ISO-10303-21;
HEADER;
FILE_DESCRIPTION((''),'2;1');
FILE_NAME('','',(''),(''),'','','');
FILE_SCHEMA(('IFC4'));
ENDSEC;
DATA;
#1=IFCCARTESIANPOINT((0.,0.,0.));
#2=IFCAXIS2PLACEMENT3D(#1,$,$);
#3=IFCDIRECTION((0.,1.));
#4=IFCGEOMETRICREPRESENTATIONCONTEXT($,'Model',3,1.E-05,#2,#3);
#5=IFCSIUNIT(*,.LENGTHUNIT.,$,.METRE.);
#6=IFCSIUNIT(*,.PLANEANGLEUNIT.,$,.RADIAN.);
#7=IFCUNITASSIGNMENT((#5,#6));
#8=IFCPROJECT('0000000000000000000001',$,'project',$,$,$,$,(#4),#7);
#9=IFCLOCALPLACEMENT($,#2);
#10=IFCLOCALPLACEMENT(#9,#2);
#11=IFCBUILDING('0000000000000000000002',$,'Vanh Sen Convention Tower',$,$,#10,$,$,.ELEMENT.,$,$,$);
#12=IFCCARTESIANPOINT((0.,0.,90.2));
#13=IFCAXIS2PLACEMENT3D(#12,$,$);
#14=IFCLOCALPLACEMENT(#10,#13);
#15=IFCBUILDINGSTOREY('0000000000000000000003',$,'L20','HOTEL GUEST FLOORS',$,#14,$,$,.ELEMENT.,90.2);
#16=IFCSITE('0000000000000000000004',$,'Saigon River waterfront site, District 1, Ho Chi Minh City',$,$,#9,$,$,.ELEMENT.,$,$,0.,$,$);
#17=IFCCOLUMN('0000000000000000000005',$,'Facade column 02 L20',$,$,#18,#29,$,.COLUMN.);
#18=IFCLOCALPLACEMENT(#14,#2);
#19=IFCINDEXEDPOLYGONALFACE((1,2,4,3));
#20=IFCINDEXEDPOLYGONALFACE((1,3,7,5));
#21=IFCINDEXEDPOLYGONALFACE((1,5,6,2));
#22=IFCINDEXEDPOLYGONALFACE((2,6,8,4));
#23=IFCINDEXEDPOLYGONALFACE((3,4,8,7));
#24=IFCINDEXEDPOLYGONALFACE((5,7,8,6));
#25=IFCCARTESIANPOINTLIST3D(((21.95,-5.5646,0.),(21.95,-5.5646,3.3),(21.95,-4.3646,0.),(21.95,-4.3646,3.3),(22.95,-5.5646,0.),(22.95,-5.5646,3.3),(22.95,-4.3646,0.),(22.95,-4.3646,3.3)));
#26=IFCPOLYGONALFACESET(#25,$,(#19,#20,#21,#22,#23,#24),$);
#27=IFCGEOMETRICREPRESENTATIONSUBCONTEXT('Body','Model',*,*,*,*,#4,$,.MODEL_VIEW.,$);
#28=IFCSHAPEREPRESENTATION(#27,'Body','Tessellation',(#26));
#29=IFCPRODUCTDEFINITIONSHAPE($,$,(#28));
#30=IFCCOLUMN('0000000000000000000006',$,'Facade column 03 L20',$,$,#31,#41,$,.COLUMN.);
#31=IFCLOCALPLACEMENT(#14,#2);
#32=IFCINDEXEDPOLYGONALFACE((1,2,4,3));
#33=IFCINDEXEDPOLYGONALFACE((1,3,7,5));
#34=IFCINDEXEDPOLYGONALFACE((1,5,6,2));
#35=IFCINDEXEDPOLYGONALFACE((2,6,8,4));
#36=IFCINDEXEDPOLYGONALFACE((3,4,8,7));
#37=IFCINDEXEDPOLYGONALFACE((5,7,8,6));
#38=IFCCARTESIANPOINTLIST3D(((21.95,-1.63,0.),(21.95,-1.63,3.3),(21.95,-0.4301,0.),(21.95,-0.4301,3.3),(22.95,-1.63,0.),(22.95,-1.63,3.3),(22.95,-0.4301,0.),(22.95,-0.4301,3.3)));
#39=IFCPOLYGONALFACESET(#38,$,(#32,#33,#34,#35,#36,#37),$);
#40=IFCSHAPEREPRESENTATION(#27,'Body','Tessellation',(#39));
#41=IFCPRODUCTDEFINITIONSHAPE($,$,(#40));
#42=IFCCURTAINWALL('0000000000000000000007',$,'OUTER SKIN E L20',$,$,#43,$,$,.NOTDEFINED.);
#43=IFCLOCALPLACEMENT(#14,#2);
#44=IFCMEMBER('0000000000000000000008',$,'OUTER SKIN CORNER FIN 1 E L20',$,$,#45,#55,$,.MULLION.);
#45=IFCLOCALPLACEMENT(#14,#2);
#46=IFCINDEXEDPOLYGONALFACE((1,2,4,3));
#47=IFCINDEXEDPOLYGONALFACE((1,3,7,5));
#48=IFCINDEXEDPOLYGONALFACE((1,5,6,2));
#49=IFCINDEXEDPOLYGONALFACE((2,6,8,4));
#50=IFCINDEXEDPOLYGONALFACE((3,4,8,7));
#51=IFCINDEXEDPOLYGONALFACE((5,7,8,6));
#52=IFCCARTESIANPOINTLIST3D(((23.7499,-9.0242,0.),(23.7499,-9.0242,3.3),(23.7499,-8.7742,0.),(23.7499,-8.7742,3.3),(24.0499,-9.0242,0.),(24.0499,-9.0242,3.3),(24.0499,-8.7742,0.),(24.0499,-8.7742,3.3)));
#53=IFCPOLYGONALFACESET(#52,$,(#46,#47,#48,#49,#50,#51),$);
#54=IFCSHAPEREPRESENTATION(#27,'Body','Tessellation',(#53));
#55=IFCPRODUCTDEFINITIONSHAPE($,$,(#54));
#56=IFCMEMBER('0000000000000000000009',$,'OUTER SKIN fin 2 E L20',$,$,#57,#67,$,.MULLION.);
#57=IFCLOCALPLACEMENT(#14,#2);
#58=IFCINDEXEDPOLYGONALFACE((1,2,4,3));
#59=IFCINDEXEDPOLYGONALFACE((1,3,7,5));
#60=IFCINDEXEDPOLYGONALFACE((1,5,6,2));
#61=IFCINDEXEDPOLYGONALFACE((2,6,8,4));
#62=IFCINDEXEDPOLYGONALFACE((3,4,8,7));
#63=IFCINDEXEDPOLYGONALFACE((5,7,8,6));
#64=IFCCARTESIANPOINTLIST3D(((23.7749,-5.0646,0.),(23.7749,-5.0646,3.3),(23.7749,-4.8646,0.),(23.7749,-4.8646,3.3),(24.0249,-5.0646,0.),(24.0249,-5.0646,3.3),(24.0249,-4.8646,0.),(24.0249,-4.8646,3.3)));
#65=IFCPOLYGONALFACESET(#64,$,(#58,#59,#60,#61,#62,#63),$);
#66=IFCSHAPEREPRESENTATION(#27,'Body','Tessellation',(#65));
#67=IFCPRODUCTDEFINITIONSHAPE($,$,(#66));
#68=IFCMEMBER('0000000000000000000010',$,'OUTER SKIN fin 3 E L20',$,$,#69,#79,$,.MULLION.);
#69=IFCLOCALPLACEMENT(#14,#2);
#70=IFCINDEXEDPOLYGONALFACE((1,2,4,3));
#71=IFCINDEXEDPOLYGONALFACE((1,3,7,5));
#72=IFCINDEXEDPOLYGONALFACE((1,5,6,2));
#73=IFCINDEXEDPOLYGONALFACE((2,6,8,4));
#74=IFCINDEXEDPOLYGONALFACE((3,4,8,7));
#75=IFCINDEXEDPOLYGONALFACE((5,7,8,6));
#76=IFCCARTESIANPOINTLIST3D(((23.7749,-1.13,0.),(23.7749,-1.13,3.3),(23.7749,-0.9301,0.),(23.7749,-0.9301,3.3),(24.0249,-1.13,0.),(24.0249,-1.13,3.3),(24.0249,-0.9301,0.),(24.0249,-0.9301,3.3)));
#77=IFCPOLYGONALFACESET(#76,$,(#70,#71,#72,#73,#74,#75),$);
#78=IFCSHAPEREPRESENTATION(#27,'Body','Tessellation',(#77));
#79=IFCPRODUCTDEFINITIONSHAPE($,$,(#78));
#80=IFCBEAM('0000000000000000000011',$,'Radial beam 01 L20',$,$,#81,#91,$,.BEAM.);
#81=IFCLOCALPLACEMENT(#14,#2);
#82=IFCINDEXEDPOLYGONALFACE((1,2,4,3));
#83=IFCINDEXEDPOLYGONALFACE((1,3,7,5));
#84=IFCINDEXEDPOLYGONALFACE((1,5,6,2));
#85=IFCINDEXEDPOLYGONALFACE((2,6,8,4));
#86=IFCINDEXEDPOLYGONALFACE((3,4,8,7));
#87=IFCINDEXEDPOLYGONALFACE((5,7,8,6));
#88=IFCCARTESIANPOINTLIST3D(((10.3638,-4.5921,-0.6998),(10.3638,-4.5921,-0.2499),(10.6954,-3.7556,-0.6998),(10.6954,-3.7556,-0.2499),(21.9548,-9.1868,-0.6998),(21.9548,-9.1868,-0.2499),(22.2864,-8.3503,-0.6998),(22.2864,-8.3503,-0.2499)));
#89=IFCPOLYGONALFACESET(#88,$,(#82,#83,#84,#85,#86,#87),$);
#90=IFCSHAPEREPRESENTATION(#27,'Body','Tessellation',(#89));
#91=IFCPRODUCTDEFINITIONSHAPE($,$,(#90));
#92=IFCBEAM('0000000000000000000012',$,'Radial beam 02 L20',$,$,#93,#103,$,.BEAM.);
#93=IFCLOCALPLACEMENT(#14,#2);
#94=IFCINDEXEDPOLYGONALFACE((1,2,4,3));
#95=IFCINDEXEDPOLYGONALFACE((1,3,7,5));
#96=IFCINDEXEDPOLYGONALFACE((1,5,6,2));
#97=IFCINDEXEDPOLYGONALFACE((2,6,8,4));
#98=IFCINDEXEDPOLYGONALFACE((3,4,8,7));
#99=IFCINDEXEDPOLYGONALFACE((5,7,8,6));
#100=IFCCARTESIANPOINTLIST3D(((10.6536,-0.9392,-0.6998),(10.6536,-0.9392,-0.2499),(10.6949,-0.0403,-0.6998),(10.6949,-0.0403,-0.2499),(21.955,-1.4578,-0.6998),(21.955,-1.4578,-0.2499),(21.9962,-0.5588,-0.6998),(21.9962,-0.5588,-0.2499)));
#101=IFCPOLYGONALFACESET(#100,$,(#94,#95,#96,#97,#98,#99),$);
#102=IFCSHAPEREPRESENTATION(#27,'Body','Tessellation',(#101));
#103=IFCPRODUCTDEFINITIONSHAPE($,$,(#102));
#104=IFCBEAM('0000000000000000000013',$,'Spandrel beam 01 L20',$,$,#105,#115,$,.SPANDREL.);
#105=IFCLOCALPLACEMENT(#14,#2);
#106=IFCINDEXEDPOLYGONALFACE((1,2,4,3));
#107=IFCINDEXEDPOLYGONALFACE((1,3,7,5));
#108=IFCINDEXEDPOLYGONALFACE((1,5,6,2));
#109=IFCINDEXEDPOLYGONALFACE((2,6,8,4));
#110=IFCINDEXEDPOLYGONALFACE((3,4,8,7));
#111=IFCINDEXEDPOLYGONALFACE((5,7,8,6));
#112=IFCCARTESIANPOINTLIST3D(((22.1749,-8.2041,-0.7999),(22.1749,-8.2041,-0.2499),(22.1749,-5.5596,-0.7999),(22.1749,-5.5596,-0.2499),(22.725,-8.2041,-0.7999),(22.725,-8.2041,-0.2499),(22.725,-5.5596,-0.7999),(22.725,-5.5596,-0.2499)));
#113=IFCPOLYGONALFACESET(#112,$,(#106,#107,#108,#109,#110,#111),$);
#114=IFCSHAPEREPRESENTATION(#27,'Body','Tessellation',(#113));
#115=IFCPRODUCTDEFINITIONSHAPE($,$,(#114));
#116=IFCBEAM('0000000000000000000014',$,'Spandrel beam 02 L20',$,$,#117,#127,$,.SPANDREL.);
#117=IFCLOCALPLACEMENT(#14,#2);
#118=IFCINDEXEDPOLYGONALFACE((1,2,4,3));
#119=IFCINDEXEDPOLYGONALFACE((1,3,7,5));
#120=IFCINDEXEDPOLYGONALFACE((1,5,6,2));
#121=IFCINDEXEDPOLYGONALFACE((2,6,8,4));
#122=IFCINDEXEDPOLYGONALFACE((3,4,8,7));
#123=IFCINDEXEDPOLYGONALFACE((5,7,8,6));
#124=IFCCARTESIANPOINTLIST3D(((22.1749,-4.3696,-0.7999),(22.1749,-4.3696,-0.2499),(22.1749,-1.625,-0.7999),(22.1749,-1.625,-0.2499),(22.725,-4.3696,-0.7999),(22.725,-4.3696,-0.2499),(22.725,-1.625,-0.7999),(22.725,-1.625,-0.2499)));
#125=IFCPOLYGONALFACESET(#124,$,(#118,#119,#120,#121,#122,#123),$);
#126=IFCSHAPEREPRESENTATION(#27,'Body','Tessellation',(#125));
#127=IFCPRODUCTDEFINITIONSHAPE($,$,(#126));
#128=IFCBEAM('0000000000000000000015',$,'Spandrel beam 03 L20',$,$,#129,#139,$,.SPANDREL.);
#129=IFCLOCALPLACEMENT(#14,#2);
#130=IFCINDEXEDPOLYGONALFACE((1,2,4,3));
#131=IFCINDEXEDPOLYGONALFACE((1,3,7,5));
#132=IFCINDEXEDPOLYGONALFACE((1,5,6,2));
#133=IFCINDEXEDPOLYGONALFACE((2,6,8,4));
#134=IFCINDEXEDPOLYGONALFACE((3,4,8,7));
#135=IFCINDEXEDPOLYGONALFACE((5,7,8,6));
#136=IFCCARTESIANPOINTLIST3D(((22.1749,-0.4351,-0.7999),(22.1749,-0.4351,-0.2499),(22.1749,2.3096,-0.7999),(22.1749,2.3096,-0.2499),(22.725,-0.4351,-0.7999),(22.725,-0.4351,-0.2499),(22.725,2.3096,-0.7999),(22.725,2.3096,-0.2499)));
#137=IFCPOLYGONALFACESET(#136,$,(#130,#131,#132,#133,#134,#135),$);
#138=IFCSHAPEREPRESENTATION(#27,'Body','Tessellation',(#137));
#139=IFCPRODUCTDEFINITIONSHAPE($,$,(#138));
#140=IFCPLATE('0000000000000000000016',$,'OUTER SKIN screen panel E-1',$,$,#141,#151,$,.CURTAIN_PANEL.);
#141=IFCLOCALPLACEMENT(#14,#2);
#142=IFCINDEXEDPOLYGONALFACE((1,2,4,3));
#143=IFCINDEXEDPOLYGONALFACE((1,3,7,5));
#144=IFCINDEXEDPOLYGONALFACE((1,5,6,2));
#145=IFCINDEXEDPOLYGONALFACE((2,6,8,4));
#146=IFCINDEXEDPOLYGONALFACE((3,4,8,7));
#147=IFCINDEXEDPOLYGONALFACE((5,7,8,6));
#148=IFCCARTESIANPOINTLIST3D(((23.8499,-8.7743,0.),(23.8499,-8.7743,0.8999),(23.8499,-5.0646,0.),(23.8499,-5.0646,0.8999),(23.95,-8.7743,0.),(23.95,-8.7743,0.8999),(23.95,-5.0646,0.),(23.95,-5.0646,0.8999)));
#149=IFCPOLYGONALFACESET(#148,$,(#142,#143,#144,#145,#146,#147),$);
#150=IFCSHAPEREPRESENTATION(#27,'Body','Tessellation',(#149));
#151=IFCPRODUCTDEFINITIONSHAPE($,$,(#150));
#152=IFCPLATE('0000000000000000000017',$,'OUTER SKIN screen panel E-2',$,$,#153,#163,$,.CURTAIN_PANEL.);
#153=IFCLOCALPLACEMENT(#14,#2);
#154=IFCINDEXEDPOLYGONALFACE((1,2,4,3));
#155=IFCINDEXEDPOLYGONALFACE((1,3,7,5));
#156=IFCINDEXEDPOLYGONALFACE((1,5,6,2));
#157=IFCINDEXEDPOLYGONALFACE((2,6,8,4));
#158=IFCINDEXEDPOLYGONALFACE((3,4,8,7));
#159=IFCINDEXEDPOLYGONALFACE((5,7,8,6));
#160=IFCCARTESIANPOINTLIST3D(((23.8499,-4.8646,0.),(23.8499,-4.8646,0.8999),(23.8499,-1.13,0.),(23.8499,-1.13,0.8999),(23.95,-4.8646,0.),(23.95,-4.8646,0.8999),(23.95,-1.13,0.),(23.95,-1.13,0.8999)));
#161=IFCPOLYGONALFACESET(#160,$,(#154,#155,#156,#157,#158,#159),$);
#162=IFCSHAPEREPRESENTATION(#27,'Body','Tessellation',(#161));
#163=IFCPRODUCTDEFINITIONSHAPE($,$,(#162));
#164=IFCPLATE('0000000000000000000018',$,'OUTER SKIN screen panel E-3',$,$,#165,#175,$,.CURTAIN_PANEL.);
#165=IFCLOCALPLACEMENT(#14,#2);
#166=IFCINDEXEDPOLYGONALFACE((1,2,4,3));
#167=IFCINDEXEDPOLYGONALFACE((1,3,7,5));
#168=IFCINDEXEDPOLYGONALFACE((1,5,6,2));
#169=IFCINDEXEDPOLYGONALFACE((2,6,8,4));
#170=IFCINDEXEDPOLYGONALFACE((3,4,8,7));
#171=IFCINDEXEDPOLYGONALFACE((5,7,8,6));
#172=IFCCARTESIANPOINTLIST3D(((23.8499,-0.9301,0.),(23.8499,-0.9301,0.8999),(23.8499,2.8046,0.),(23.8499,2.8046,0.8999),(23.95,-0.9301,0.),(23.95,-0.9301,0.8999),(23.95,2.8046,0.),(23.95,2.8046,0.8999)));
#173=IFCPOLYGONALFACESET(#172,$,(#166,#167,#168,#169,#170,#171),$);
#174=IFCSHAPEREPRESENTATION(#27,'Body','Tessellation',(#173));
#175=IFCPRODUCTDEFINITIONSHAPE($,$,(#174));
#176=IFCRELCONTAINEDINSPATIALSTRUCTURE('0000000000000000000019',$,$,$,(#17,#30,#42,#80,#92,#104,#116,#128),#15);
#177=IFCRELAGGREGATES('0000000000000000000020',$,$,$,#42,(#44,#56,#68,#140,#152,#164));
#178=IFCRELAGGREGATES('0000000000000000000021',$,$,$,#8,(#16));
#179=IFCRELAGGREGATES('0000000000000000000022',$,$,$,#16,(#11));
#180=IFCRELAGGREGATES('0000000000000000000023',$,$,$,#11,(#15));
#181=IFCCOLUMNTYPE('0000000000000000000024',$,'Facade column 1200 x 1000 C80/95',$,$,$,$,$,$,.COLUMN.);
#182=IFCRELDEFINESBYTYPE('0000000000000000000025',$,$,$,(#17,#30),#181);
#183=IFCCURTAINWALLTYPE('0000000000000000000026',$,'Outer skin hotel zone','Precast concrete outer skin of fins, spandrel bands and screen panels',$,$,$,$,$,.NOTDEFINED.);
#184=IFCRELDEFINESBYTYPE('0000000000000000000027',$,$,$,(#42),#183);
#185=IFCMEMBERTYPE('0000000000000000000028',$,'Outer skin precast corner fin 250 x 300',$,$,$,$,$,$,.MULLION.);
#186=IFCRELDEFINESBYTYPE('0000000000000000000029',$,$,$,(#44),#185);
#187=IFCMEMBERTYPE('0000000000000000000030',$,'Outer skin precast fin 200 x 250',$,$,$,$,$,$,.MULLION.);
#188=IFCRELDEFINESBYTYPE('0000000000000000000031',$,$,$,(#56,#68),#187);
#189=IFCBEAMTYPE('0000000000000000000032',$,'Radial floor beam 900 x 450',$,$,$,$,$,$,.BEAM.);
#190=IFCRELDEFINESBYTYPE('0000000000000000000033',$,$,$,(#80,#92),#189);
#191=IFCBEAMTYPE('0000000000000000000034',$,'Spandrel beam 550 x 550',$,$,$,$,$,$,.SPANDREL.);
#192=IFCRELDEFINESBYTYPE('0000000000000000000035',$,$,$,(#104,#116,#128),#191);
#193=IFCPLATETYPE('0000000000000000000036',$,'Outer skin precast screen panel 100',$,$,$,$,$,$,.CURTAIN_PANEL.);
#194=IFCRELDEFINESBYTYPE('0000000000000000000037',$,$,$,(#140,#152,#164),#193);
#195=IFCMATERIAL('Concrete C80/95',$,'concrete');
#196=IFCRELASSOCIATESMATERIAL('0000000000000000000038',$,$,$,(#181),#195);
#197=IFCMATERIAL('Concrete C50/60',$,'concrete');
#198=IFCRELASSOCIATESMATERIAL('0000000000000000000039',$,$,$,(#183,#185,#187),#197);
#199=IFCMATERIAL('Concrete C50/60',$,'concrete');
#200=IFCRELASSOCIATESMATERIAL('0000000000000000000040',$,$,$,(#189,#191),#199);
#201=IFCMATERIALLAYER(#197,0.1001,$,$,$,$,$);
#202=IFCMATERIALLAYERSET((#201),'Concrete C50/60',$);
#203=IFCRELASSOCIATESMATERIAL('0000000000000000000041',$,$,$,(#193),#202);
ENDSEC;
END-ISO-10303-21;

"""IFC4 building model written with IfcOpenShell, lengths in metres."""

from ifc_helpers import new_model, si_unit, direction, frame, origin, origin_2d, place, context, subcontext, project, spatial, rectangle, extrude, material, layer, layer_set, material_profile, profile_set, type_object, element, aggregate, save


model = new_model("IFC4")

# Units and contexts
model_context = context("Model", 3, precision=1e-05, world=origin(), true_north=direction((0.0, 1.0)))
body_context = subcontext(model_context, "Body", "Model", "MODEL_VIEW")
ifc_project = project(units=[si_unit("LENGTHUNIT", "METRE"), si_unit("PLANEANGLEUNIT", "RADIAN")], contexts=[model_context])

# Site, building, storey
site_placement = place(None, origin())
site = spatial("IfcSite", under=ifc_project, at=site_placement, Name="Saigon River waterfront site, District 1, Ho Chi Minh City", CompositionType="ELEMENT", RefElevation=0.0)
building_placement = place(site_placement, origin())
building = spatial("IfcBuilding", under=site, at=building_placement, Name="Vanh Sen Convention Tower", CompositionType="ELEMENT")
storey_placement = place(building_placement, frame((0.0, 0.0, 90.2)))
storey = spatial("IfcBuildingStorey", under=building, at=storey_placement, Name="L20", Description="HOTEL GUEST FLOORS", CompositionType="ELEMENT", Elevation=90.2)

# Columns
ifc_material_1 = material(Name="Concrete C80/95", Category="concrete")
ifc_material_profile_1 = material_profile(ifc_material_1, rectangle(XDim=1.2, YDim=1.0, at=origin_2d()), Name="RC 1200X1000")
ifc_profile_set_1 = profile_set([ifc_material_profile_1], Name="Concrete C80/95")
column_type = type_object("IfcColumnType", Name="Facade column 1200 x 1000 C80/95", PredefinedType="COLUMN", material=ifc_profile_set_1)
for number, where, z_axis, x_axis, name in (
    (1, (22.45, -4.9646, 0.0), (0.0, 0.0, 1.0), (0.0, 1.0, 0.0), "Facade column 02 L20"),
    (2, (22.45, -1.03, 0.0), (0.0, 0.0, 1.0), (0.0, 1.0, 0.0), "Facade column 03 L20"),
):
    element("IfcColumn", number, at=place(storey_placement, frame(where, z_axis=z_axis, x_axis=x_axis)), inside=storey, type_object=column_type, Name=name, PredefinedType="COLUMN", context=body_context, shape_type="SweptSolid", body=[
        extrude(rectangle(XDim=1.2, YDim=1.0, at=origin_2d()), origin(), (0.0, 0.0, 1.0), 3.3),
    ])

# Curtain wall, members
ifc_material_2 = material(Name="Concrete C50/60", Category="concrete")
curtain_wall_type = type_object("IfcCurtainWallType", Name="Outer skin hotel zone", Description="Precast concrete outer skin of fins, spandrel bands and screen panels", PredefinedType="NOTDEFINED", material=ifc_material_2)
curtain_wall_placement = place(storey_placement, origin())
curtain_wall = element("IfcCurtainWall", 3, at=curtain_wall_placement, inside=storey, type_object=curtain_wall_type, Name="OUTER SKIN E L20", PredefinedType="NOTDEFINED")
ifc_material_profile_2 = material_profile(ifc_material_2, rectangle(XDim=0.25, YDim=0.3, at=origin_2d()), Name="Outer skin precast corner fin 250 x 300")
ifc_profile_set_2 = profile_set([ifc_material_profile_2], Name="Concrete C50/60")
member_type_1 = type_object("IfcMemberType", Name="Outer skin precast corner fin 250 x 300", PredefinedType="MULLION", material=ifc_profile_set_2)
member_1_placement = place(storey_placement, frame((23.8999, -8.8992, 0.0), z_axis=(0.0, 0.0, 1.0), x_axis=(0.0, 1.0, 0.0)))
member_1 = element("IfcMember", 4, at=member_1_placement, type_object=member_type_1, Name="OUTER SKIN CORNER FIN 1 E L20", PredefinedType="MULLION", context=body_context, shape_type="SweptSolid", body=[
    extrude(rectangle(XDim=0.25, YDim=0.3, at=origin_2d()), origin(), (0.0, 0.0, 1.0), 3.3),
])
ifc_material_profile_3 = material_profile(ifc_material_2, rectangle(XDim=0.2, YDim=0.25, at=origin_2d()), Name="Outer skin precast fin 200 x 250")
ifc_profile_set_3 = profile_set([ifc_material_profile_3], Name="Concrete C50/60")
member_type_2 = type_object("IfcMemberType", Name="Outer skin precast fin 200 x 250", PredefinedType="MULLION", material=ifc_profile_set_3)
member_2_placement = place(storey_placement, frame((23.8999, -4.9646, 0.0), z_axis=(0.0, 0.0, 1.0), x_axis=(0.0, 1.0, 0.0)))
member_2 = element("IfcMember", 5, at=member_2_placement, type_object=member_type_2, Name="OUTER SKIN fin 2 E L20", PredefinedType="MULLION", context=body_context, shape_type="SweptSolid", body=[
    extrude(rectangle(XDim=0.2, YDim=0.25, at=origin_2d()), origin(), (0.0, 0.0, 1.0), 3.3),
])
member_3_placement = place(storey_placement, frame((23.8999, -1.03, 0.0), z_axis=(0.0, 0.0, 1.0), x_axis=(0.0, 1.0, 0.0)))
member_3 = element("IfcMember", 6, at=member_3_placement, type_object=member_type_2, Name="OUTER SKIN fin 3 E L20", PredefinedType="MULLION", context=body_context, shape_type="SweptSolid", body=[
    extrude(rectangle(XDim=0.2, YDim=0.25, at=origin_2d()), origin(), (0.0, 0.0, 1.0), 3.3),
])

# Beams
ifc_material_3 = material(Name="Concrete C50/60", Category="concrete")
ifc_material_profile_4 = material_profile(ifc_material_3, rectangle(XDim=0.8999, YDim=0.45, at=origin_2d()), Name="RC 900X450")
ifc_profile_set_4 = profile_set([ifc_material_profile_4], Name="Concrete C50/60")
beam_type_1 = type_object("IfcBeamType", Name="Radial floor beam 900 x 450", PredefinedType="BEAM", material=ifc_profile_set_4)
beam_1_placement = place(storey_placement, frame((22.1206, -8.7686, -0.4749), z_axis=(-0.929625, 0.368506, 0.0), x_axis=(-0.368506, -0.929625, 0.0)))
element("IfcBeam", 7, at=beam_1_placement, inside=storey, type_object=beam_type_1, Name="Radial beam 01 L20", PredefinedType="BEAM", context=body_context, shape_type="SweptSolid", body=[
    extrude(rectangle(XDim=0.8999, YDim=0.45, at=origin_2d()), origin(), (0.0, 0.0, 1.0), 12.4685),
])
beam_2_placement = place(storey_placement, frame((21.9756, -1.0083, -0.4749), z_axis=(-0.998949, 0.045836, 0.0), x_axis=(-0.045836, -0.998949, 0.0)))
element("IfcBeam", 8, at=beam_2_placement, inside=storey, type_object=beam_type_1, Name="Radial beam 02 L20", PredefinedType="BEAM", context=body_context, shape_type="SweptSolid", body=[
    extrude(rectangle(XDim=0.8999, YDim=0.45, at=origin_2d()), origin(), (0.0, 0.0, 1.0), 11.3132),
])
ifc_material_profile_5 = material_profile(ifc_material_3, rectangle(XDim=0.55, YDim=0.55, at=origin_2d()), Name="RC 550X550")
ifc_profile_set_5 = profile_set([ifc_material_profile_5], Name="Concrete C50/60")
beam_type_2 = type_object("IfcBeamType", Name="Spandrel beam 550 x 550", PredefinedType="SPANDREL", material=ifc_profile_set_5)
beam_3_placement = place(storey_placement, frame((22.45, -8.2041, -0.5249), z_axis=(0.0, 1.0, 0.0), x_axis=(-1.0, 0.0, 0.0)))
element("IfcBeam", 9, at=beam_3_placement, inside=storey, type_object=beam_type_2, Name="Spandrel beam 01 L20", PredefinedType="SPANDREL", context=body_context, shape_type="SweptSolid", body=[
    extrude(rectangle(XDim=0.55, YDim=0.55, at=origin_2d()), origin(), (0.0, 0.0, 1.0), 2.6445),
])
for number, where, z_axis, x_axis, name in (
    (10, (22.45, -4.3696, -0.5249), (0.0, 1.0, 0.0), (-1.0, 0.0, 0.0), "Spandrel beam 02 L20"),
    (11, (22.45, -0.4351, -0.5249), (0.0, 1.0, 0.0), (-1.0, 0.0, 0.0), "Spandrel beam 03 L20"),
):
    element("IfcBeam", number, at=place(storey_placement, frame(where, z_axis=z_axis, x_axis=x_axis)), inside=storey, type_object=beam_type_2, Name=name, PredefinedType="SPANDREL", context=body_context, shape_type="SweptSolid", body=[
        extrude(rectangle(XDim=0.55, YDim=0.55, at=origin_2d()), origin(), (0.0, 0.0, 1.0), 2.7446),
    ])

# Plates
ifc_layer_1 = layer(ifc_material_2, 0.1001)
ifc_layer_set_1 = layer_set([ifc_layer_1], Name="Concrete C50/60")
plate_type = type_object("IfcPlateType", Name="Outer skin precast screen panel 100", PredefinedType="CURTAIN_PANEL", material=ifc_layer_set_1)
plate_1_placement = place(storey_placement, frame((23.8999, -6.9194, 0.0), z_axis=(0.0, 0.0, 1.0), x_axis=(0.0, 1.0, 0.0)))
plate_1 = element("IfcPlate", 12, at=plate_1_placement, type_object=plate_type, Name="OUTER SKIN screen panel E-1", PredefinedType="CURTAIN_PANEL", context=body_context, shape_type="SweptSolid", body=[
    extrude(rectangle(XDim=3.7097, YDim=0.1001, at=origin_2d()), origin(), (0.0, 0.0, 1.0), 0.8999),
])
plate_2_placement = place(storey_placement, frame((23.8999, -2.9973, 0.0), z_axis=(0.0, 0.0, 1.0), x_axis=(0.0, 1.0, 0.0)))
plate_2 = element("IfcPlate", 13, at=plate_2_placement, type_object=plate_type, Name="OUTER SKIN screen panel E-2", PredefinedType="CURTAIN_PANEL", context=body_context, shape_type="SweptSolid", body=[
    extrude(rectangle(XDim=3.7346, YDim=0.1001, at=origin_2d()), origin(), (0.0, 0.0, 1.0), 0.8999),
])
plate_3_placement = place(storey_placement, frame((23.8999, 0.9373, 0.0), z_axis=(0.0, 0.0, 1.0), x_axis=(0.0, 1.0, 0.0)))
plate_3 = element("IfcPlate", 14, at=plate_3_placement, type_object=plate_type, Name="OUTER SKIN screen panel E-3", PredefinedType="CURTAIN_PANEL", context=body_context, shape_type="SweptSolid", body=[
    extrude(rectangle(XDim=3.7346, YDim=0.1001, at=origin_2d()), origin(), (0.0, 0.0, 1.0), 0.8999),
])
aggregate(curtain_wall, [member_1, member_2, member_3, plate_1, plate_2, plate_3])

save(model, "model.ifc")
